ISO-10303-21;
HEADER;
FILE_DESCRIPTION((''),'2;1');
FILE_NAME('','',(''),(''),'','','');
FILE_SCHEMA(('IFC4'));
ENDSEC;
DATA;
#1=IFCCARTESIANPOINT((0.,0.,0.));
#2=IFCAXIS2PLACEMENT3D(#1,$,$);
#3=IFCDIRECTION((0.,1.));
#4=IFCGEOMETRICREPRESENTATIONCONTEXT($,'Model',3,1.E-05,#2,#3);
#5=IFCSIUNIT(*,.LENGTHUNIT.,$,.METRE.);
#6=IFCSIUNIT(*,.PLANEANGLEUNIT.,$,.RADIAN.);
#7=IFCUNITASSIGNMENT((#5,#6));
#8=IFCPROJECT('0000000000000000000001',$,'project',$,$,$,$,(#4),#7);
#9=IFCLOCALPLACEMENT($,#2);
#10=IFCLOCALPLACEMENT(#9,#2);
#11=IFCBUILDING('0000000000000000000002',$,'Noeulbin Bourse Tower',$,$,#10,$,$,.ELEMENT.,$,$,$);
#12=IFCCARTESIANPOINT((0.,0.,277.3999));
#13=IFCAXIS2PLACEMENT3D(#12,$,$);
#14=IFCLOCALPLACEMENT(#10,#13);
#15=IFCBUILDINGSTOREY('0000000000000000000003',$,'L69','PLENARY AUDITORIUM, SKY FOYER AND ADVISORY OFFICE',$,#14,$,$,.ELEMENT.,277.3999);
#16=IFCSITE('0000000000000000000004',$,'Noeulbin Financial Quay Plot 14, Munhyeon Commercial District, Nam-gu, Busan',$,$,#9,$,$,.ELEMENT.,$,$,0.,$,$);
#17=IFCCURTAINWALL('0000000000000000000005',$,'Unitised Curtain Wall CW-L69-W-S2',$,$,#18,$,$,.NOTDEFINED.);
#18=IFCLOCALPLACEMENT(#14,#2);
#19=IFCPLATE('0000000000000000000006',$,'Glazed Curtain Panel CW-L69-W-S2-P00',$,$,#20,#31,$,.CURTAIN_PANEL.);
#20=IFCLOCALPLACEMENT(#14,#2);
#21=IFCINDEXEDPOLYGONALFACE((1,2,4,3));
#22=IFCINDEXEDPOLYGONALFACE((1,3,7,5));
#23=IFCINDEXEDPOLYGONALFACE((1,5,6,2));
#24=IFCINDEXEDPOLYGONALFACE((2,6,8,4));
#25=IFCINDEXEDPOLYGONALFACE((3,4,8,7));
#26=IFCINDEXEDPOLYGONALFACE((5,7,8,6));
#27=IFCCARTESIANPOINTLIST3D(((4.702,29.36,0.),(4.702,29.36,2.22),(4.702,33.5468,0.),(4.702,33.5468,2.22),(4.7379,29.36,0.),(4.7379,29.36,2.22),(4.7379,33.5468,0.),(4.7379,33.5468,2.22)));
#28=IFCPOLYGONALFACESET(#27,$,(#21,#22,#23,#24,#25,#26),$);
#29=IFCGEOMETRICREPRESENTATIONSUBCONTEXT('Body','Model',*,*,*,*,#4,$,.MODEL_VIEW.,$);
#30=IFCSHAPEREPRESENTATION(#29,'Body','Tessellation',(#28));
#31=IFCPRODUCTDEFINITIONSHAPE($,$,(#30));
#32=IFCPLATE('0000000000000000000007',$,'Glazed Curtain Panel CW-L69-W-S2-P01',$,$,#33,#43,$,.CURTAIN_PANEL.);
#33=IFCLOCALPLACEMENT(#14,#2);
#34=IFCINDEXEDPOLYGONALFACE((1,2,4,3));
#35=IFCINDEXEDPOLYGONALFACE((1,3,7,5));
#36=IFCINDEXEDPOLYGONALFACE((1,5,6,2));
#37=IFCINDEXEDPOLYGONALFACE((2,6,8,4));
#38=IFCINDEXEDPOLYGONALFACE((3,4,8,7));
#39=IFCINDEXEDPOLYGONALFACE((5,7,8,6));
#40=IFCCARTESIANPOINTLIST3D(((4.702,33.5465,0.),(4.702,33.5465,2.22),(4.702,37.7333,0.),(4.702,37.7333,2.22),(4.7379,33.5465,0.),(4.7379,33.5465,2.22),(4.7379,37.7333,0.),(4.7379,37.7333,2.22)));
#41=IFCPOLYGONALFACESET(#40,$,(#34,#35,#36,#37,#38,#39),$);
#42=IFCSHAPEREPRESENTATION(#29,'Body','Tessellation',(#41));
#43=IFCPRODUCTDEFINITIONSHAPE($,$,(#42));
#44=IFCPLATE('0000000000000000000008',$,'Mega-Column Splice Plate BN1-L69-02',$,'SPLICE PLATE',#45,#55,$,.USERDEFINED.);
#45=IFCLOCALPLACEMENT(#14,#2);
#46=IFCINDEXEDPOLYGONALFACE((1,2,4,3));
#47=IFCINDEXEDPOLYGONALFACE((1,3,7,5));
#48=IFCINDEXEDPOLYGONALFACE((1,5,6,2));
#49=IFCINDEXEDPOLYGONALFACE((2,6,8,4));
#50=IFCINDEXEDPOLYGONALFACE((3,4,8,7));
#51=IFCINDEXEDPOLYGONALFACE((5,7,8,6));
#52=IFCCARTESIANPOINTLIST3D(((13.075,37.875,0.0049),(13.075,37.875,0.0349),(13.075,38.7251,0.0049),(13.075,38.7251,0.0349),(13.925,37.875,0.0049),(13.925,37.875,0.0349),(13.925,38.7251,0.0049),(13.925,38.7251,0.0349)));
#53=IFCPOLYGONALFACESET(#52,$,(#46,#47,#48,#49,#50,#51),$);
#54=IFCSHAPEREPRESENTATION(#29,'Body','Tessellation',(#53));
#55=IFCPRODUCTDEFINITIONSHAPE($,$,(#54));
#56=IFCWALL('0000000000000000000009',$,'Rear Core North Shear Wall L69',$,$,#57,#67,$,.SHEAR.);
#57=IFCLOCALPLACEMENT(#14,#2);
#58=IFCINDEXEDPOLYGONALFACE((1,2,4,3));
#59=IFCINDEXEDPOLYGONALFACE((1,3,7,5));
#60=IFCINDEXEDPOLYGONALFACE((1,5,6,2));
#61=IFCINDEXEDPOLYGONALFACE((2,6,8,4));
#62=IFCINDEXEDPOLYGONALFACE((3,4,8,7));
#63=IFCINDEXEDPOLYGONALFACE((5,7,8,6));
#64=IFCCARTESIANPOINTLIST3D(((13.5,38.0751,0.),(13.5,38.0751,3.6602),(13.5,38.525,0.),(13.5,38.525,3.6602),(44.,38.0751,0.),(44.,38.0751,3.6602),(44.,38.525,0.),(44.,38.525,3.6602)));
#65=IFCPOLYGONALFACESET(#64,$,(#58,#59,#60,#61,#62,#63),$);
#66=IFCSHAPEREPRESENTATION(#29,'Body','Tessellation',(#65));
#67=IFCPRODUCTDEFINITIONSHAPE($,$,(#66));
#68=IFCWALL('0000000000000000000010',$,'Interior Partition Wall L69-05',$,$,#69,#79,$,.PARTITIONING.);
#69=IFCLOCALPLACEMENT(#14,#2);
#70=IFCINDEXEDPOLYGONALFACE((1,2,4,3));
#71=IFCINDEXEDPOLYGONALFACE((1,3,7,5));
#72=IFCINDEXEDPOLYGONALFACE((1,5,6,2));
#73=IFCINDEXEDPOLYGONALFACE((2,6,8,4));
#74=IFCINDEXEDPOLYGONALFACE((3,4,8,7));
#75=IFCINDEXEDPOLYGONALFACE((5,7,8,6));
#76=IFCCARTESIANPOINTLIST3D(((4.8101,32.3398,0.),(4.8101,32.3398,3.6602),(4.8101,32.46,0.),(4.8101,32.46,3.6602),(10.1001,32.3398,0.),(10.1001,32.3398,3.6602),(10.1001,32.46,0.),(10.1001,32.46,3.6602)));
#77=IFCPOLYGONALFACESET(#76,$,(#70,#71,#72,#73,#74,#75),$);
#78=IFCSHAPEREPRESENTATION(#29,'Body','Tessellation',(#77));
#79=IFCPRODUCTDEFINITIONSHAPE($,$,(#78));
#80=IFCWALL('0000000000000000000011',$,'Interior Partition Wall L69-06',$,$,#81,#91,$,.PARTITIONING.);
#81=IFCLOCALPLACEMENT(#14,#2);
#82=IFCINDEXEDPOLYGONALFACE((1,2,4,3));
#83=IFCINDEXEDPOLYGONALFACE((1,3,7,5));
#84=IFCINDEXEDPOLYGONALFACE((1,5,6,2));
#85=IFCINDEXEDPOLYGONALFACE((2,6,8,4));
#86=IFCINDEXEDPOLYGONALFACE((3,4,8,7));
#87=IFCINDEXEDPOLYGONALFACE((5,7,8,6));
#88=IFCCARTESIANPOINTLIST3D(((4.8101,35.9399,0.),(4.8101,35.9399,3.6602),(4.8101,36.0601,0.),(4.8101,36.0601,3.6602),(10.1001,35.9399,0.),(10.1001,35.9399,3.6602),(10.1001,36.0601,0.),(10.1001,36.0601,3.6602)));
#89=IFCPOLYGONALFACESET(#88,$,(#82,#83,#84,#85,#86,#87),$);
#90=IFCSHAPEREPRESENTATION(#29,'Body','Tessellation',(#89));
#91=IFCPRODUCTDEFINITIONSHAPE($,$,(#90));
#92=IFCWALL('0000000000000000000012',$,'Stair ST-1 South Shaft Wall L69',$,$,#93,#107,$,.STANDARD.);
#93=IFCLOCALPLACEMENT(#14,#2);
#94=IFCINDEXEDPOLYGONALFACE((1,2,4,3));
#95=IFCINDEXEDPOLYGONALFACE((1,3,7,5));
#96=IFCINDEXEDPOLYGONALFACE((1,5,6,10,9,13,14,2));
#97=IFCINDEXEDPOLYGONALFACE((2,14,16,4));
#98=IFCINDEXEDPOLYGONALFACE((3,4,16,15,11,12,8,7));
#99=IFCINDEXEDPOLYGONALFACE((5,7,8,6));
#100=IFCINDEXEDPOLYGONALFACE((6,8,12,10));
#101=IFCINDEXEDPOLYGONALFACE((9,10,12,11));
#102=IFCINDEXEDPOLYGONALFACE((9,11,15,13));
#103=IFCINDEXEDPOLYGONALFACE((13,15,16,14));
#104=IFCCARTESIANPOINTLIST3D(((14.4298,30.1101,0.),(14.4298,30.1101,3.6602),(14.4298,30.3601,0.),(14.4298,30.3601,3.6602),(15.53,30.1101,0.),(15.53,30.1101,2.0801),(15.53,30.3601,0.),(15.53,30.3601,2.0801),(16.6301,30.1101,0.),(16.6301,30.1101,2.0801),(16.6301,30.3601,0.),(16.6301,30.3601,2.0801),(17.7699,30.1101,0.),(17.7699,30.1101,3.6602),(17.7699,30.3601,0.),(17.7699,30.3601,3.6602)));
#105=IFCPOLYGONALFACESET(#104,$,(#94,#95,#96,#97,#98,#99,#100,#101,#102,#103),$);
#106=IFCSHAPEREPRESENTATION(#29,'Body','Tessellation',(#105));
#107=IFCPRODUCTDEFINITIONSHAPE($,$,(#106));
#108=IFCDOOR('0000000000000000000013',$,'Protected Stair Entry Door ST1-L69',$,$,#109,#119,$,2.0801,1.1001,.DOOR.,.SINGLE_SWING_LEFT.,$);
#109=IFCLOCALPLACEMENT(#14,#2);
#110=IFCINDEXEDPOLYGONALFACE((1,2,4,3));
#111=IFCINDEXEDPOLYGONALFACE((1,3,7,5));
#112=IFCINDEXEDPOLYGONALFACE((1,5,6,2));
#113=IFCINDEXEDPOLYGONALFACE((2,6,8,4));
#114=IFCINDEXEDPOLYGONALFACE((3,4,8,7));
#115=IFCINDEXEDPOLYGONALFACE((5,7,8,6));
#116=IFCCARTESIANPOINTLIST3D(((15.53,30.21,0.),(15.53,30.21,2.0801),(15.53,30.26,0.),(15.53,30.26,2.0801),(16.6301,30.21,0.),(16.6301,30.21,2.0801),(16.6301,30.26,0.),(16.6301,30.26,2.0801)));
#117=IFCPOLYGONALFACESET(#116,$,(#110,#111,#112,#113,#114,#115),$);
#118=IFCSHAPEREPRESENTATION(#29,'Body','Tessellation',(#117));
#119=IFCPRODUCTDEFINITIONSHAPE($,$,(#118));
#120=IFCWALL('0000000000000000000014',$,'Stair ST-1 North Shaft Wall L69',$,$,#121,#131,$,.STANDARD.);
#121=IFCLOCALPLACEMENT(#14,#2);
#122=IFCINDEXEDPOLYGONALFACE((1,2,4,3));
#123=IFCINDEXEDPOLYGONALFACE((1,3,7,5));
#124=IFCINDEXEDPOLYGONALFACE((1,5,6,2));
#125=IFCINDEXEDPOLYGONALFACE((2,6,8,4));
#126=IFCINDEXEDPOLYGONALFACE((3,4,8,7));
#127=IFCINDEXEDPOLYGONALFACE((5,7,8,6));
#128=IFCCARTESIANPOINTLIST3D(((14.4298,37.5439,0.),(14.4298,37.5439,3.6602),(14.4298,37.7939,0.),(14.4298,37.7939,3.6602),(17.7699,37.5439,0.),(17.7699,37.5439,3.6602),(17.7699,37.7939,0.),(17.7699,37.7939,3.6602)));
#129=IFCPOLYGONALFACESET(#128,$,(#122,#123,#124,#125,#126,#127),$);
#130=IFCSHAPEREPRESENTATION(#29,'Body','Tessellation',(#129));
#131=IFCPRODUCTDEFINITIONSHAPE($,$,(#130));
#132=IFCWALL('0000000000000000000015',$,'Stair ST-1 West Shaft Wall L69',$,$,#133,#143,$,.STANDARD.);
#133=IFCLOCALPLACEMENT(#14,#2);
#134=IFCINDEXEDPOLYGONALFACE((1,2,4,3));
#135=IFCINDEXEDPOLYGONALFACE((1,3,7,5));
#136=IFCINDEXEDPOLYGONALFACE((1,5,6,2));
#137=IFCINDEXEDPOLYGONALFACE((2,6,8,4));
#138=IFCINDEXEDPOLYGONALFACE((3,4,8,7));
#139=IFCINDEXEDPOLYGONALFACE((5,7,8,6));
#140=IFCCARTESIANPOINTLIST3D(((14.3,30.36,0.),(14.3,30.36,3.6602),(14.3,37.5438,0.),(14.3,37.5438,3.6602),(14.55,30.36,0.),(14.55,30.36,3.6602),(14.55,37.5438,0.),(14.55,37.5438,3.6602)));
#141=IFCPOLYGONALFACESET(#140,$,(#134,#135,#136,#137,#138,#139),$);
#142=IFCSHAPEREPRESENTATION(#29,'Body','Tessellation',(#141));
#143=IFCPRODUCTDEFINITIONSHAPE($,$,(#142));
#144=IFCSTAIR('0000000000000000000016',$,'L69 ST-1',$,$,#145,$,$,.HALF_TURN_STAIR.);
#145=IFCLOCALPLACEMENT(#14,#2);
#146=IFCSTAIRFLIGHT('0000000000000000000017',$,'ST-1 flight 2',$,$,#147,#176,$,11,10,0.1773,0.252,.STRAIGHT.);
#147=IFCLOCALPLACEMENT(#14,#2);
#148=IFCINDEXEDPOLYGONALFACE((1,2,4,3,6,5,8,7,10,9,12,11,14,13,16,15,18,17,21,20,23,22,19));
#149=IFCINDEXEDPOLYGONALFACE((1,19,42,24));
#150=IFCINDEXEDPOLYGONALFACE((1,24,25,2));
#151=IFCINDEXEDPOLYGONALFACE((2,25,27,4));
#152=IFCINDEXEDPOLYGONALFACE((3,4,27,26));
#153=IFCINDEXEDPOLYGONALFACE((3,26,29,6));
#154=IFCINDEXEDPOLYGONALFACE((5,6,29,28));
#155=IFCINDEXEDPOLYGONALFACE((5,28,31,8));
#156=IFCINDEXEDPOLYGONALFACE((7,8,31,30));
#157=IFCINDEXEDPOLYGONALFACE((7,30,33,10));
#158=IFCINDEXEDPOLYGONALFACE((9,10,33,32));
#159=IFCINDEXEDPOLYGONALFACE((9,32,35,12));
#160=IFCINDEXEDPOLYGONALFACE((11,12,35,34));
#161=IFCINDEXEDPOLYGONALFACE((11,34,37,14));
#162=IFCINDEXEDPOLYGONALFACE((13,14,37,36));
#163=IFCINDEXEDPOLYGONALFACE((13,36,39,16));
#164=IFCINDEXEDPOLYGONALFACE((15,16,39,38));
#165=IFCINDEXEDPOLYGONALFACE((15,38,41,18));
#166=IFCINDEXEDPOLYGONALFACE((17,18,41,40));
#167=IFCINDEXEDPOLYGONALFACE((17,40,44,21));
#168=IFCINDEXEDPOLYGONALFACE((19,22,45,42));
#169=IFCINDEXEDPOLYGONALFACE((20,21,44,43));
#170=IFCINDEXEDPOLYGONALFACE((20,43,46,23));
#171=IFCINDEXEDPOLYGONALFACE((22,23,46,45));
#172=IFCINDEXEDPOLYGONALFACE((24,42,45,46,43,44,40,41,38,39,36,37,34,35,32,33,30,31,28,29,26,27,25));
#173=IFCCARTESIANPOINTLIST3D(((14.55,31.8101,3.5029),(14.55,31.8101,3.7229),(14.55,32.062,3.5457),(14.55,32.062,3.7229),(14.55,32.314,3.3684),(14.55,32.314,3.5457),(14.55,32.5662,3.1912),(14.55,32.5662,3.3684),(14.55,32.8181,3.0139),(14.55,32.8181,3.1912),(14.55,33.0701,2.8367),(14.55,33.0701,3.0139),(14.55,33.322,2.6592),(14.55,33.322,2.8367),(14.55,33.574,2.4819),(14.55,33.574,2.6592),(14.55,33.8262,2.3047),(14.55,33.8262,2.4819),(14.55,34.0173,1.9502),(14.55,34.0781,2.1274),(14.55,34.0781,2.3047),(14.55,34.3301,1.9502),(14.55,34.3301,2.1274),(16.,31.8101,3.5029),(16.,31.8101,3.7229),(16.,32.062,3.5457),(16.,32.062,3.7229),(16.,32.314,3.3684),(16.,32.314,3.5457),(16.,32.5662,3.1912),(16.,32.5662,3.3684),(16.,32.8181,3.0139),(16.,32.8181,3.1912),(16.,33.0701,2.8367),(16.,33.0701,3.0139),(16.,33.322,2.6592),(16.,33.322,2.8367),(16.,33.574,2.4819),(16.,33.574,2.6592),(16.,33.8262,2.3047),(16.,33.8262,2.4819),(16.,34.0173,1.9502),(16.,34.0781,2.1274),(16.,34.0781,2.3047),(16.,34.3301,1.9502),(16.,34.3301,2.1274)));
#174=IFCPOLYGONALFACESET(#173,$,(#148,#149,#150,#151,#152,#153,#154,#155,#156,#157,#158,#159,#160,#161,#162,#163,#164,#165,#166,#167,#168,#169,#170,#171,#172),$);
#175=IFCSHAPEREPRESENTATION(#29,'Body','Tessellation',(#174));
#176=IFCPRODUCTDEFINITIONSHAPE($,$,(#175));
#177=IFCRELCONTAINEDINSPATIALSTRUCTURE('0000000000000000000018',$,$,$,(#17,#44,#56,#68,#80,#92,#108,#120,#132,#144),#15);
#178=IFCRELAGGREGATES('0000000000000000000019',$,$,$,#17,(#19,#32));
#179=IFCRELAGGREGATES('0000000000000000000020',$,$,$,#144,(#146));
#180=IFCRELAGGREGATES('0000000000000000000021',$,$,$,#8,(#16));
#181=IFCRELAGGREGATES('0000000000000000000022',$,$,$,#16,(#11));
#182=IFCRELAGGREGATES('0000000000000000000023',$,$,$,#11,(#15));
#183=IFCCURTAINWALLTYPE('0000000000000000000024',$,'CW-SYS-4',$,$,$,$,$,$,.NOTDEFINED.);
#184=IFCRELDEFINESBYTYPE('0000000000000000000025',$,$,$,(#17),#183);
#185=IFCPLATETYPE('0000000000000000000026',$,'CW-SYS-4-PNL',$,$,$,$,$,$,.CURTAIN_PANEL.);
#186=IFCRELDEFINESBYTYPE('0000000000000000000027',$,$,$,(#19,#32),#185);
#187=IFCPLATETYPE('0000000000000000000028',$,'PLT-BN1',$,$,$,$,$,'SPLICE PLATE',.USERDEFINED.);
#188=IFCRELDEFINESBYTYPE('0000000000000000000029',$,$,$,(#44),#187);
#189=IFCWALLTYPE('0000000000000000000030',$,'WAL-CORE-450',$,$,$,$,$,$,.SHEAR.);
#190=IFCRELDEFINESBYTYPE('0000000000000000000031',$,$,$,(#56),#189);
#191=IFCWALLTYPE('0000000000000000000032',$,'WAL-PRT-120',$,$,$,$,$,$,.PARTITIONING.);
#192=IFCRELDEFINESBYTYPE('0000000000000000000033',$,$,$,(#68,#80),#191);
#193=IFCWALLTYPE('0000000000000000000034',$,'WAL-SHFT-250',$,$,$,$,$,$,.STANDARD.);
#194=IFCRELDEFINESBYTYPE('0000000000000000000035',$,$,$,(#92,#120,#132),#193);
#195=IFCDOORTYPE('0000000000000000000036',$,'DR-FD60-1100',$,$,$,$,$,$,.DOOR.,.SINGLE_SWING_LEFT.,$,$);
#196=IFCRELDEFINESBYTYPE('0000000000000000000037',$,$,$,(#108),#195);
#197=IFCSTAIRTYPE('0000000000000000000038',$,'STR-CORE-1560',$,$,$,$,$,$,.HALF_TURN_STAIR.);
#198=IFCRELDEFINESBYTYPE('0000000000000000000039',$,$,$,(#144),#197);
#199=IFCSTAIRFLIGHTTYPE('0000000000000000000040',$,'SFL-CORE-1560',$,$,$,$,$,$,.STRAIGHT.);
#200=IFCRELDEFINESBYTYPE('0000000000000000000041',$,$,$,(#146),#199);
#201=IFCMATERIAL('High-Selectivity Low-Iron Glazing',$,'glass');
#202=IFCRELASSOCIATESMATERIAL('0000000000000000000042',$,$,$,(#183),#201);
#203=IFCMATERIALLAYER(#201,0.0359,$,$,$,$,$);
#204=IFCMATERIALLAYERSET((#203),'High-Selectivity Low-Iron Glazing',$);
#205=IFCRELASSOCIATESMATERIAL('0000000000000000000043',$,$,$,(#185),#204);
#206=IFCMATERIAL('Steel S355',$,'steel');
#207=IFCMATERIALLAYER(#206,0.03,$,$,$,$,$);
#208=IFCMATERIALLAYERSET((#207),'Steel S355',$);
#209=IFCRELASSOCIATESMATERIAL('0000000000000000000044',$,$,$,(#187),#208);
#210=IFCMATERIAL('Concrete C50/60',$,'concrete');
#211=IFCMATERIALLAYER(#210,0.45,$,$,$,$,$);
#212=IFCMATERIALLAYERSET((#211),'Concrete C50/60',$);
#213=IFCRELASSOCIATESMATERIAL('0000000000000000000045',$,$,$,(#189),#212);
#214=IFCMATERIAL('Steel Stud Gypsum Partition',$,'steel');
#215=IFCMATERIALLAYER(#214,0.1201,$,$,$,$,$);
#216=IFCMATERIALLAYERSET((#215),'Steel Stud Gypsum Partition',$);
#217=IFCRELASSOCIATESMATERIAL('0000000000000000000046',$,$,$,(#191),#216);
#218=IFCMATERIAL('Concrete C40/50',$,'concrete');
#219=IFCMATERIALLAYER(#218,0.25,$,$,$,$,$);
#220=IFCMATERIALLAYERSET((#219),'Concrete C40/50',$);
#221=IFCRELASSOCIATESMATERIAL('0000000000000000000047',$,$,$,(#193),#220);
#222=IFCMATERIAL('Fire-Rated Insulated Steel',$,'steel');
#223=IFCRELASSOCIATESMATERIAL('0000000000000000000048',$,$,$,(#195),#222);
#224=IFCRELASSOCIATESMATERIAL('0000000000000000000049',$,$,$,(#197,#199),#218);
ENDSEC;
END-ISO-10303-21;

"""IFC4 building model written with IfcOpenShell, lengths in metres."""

from ifc_helpers import new_model, si_unit, direction, frame, frame_2d, origin, origin_2d, place, context, subcontext, project, spatial, polyline, rectangle, outline, extrude, material, layer, layer_set, type_object, element, fill, aggregate, save


model = new_model("IFC4")

# Units and contexts
model_context = context("Model", 3, precision=1e-05, world=origin(), true_north=direction((0.0, 1.0)))
body_context = subcontext(model_context, "Body", "Model", "MODEL_VIEW")
ifc_project = project(units=[si_unit("LENGTHUNIT", "METRE"), si_unit("PLANEANGLEUNIT", "RADIAN")], contexts=[model_context])

# Site, building, storey
site_placement = place(None, origin())
site = spatial("IfcSite", under=ifc_project, at=site_placement, Name="Noeulbin Financial Quay Plot 14, Munhyeon Commercial District, Nam-gu, Busan", CompositionType="ELEMENT", RefElevation=0.0)
building_placement = place(site_placement, origin())
building = spatial("IfcBuilding", under=site, at=building_placement, Name="Noeulbin Bourse Tower", CompositionType="ELEMENT")
storey_placement = place(building_placement, frame((0.0, 0.0, 277.3999)))
storey = spatial("IfcBuildingStorey", under=building, at=storey_placement, Name="L69", Description="PLENARY AUDITORIUM, SKY FOYER AND ADVISORY OFFICE", CompositionType="ELEMENT", Elevation=277.3999)

# Shared definitions
ifc_material_1 = material(Name="Steel S355", Category="steel")

# Curtain wall, plates
ifc_material_2 = material(Name="High-Selectivity Low-Iron Glazing", Category="glass")
curtain_wall_type = type_object("IfcCurtainWallType", Name="CW-SYS-4", PredefinedType="NOTDEFINED", material=ifc_material_2)
curtain_wall_placement = place(storey_placement, origin())
curtain_wall = element("IfcCurtainWall", 1, at=curtain_wall_placement, inside=storey, type_object=curtain_wall_type, Name="Unitised Curtain Wall CW-L69-W-S2", PredefinedType="NOTDEFINED")
ifc_layer_1 = layer(ifc_material_2, 0.0359)
ifc_layer_set_1 = layer_set([ifc_layer_1], Name="High-Selectivity Low-Iron Glazing")
plate_type_1 = type_object("IfcPlateType", Name="CW-SYS-4-PNL", PredefinedType="CURTAIN_PANEL", material=ifc_layer_set_1)
plate_1_placement = place(storey_placement, frame((4.72, 31.4534, 0.0), z_axis=(0.0, 0.0, 1.0), x_axis=(0.0, 1.0, 0.0)))
plate_1 = element("IfcPlate", 2, at=plate_1_placement, type_object=plate_type_1, Name="Glazed Curtain Panel CW-L69-W-S2-P00", PredefinedType="CURTAIN_PANEL", context=body_context, shape_type="SweptSolid", body=[
    extrude(rectangle(XDim=4.1868, YDim=0.0359, at=origin_2d()), origin(), (0.0, 0.0, 1.0), 2.22),
])
plate_2_placement = place(storey_placement, frame((4.72, 35.6399, 0.0), z_axis=(0.0, 0.0, 1.0), x_axis=(0.0, 1.0, 0.0)))
plate_2 = element("IfcPlate", 3, at=plate_2_placement, type_object=plate_type_1, Name="Glazed Curtain Panel CW-L69-W-S2-P01", PredefinedType="CURTAIN_PANEL", context=body_context, shape_type="SweptSolid", body=[
    extrude(rectangle(XDim=4.1868, YDim=0.0359, at=origin_2d()), origin(), (0.0, 0.0, 1.0), 2.22),
])
aggregate(curtain_wall, [plate_1, plate_2])

# Plate
ifc_layer_2 = layer(ifc_material_1, 0.03)
ifc_layer_set_2 = layer_set([ifc_layer_2], Name="Steel S355")
plate_type_2 = type_object("IfcPlateType", Name="PLT-BN1", ElementType="SPLICE PLATE", PredefinedType="USERDEFINED", material=ifc_layer_set_2)
plate_3_placement = place(storey_placement, frame((13.5, 38.3, 0.0049), z_axis=(0.0, 0.0, 1.0), x_axis=(1.0, 0.0, 0.0)))
element("IfcPlate", 4, at=plate_3_placement, inside=storey, type_object=plate_type_2, Name="Mega-Column Splice Plate BN1-L69-02", ObjectType="SPLICE PLATE", PredefinedType="USERDEFINED", context=body_context, shape_type="SweptSolid", body=[
    extrude(rectangle(XDim=0.8501, YDim=0.8501, at=origin_2d()), origin(), (0.0, 0.0, 1.0), 0.03),
])

# Walls
ifc_material_3 = material(Name="Concrete C50/60", Category="concrete")
ifc_layer_3 = layer(ifc_material_3, 0.45)
ifc_layer_set_3 = layer_set([ifc_layer_3], Name="Concrete C50/60")
wall_type_1 = type_object("IfcWallType", Name="WAL-CORE-450", PredefinedType="SHEAR", material=ifc_layer_set_3)
wall_1_placement = place(storey_placement, frame((13.5, 38.3, 0.0), z_axis=(0.0, 0.0, 1.0), x_axis=(1.0, 0.0, 0.0)))
element("IfcWall", 5, at=wall_1_placement, inside=storey, type_object=wall_type_1, Name="Rear Core North Shear Wall L69", PredefinedType="SHEAR", context=body_context, shape_type="SweptSolid", body=[
    extrude(rectangle(XDim=30.5, YDim=0.45, at=frame_2d((15.25, 0.0))), origin(), (0.0, 0.0, 1.0), 3.6602),
])
ifc_material_4 = material(Name="Steel Stud Gypsum Partition", Category="steel")
ifc_layer_4 = layer(ifc_material_4, 0.1201)
ifc_layer_set_4 = layer_set([ifc_layer_4], Name="Steel Stud Gypsum Partition")
wall_type_2 = type_object("IfcWallType", Name="WAL-PRT-120", PredefinedType="PARTITIONING", material=ifc_layer_set_4)
for number, where, z_axis, x_axis, name in (
    (6, (4.8101, 32.3999, 0.0), (0.0, 0.0, 1.0), (1.0, 0.0, 0.0), "Interior Partition Wall L69-05"),
    (7, (4.8101, 36.0, 0.0), (0.0, 0.0, 1.0), (1.0, 0.0, 0.0), "Interior Partition Wall L69-06"),
):
    element("IfcWall", number, at=place(storey_placement, frame(where, z_axis=z_axis, x_axis=x_axis)), inside=storey, type_object=wall_type_2, Name=name, PredefinedType="PARTITIONING", context=body_context, shape_type="SweptSolid", body=[
        extrude(rectangle(XDim=5.29, YDim=0.1201, at=frame_2d((2.645, 0.0))), origin(), (0.0, 0.0, 1.0), 3.6602),
    ])

# Wall, opening, door
ifc_material_5 = material(Name="Concrete C40/50", Category="concrete")
ifc_layer_5 = layer(ifc_material_5, 0.25)
ifc_layer_set_5 = layer_set([ifc_layer_5], Name="Concrete C40/50")
wall_type_3 = type_object("IfcWallType", Name="WAL-SHFT-250", PredefinedType="STANDARD", material=ifc_layer_set_5)
wall_2_placement = place(storey_placement, frame((14.4299, 30.2351, 0.0), z_axis=(0.0, 0.0, 1.0), x_axis=(1.0, 0.0, 0.0)))
wall_2 = element("IfcWall", 8, at=wall_2_placement, inside=storey, type_object=wall_type_3, Name="Stair ST-1 South Shaft Wall L69", PredefinedType="STANDARD", context=body_context, shape_type="SweptSolid", body=[
    extrude(rectangle(XDim=3.3401, YDim=0.25, at=frame_2d((1.6699, 0.0))), origin(), (0.0, 0.0, 1.0), 3.6602),
])
opening_placement = place(wall_2_placement, frame((1.1001, 0.0, 0.0)))
opening = element("IfcOpeningElement", 9, at=opening_placement, cuts=wall_2, PredefinedType="OPENING", context=body_context, shape_type="SweptSolid", body=[
    extrude(rectangle(XDim=1.1001, YDim=2.0801, at=frame_2d((0.55, 1.04))), frame((0.0, 0.135, 0.0), z_axis=(0.0, -1.0, 0.0), x_axis=(1.0, 0.0, 0.0)), (0.0, 0.0, 1.0), 0.27),
])
ifc_material_6 = material(Name="Fire-Rated Insulated Steel", Category="steel")
door_type = type_object("IfcDoorType", Name="DR-FD60-1100", OperationType="SINGLE_SWING_LEFT", PredefinedType="DOOR", material=ifc_material_6)
door_placement = place(opening_placement, origin())
door = element("IfcDoor", 10, at=door_placement, inside=storey, type_object=door_type, Name="Protected Stair Entry Door ST1-L69", OperationType="SINGLE_SWING_LEFT", OverallHeight=2.0801, OverallWidth=1.1001, PredefinedType="DOOR", context=body_context, shape_type="SweptSolid", body=[
    extrude(rectangle(XDim=1.1001, YDim=2.0801, at=frame_2d((0.55, 1.04))), frame((0.0, 0.0249, 0.0), z_axis=(0.0, -1.0, 0.0), x_axis=(1.0, 0.0, 0.0)), (0.0, 0.0, 1.0), 0.05),
])
fill(opening, door)

# Walls
wall_3_placement = place(storey_placement, frame((14.4299, 37.6689, 0.0), z_axis=(0.0, 0.0, 1.0), x_axis=(1.0, 0.0, 0.0)))
element("IfcWall", 11, at=wall_3_placement, inside=storey, type_object=wall_type_3, Name="Stair ST-1 North Shaft Wall L69", PredefinedType="STANDARD", context=body_context, shape_type="SweptSolid", body=[
    extrude(rectangle(XDim=3.3401, YDim=0.25, at=frame_2d((1.6699, 0.0))), origin(), (0.0, 0.0, 1.0), 3.6602),
])
wall_4_placement = place(storey_placement, frame((14.425, 30.3601, 0.0), z_axis=(0.0, 0.0, 1.0), x_axis=(0.0, 1.0, 0.0)))
element("IfcWall", 12, at=wall_4_placement, inside=storey, type_object=wall_type_3, Name="Stair ST-1 West Shaft Wall L69", PredefinedType="STANDARD", context=body_context, shape_type="SweptSolid", body=[
    extrude(rectangle(XDim=7.1838, YDim=0.25, at=frame_2d((3.5918, 0.0))), origin(), (0.0, 0.0, 1.0), 3.6602),
])

# Stair, stair flight
stair_type = type_object("IfcStairType", Name="STR-CORE-1560", PredefinedType="HALF_TURN_STAIR", material=ifc_material_5)
stair_placement = place(storey_placement, origin())
stair = element("IfcStair", 13, at=stair_placement, inside=storey, type_object=stair_type, Name="L69 ST-1", PredefinedType="HALF_TURN_STAIR")
stair_flight_type = type_object("IfcStairFlightType", Name="SFL-CORE-1560", PredefinedType="STRAIGHT", material=ifc_material_5)
stair_flight_placement = place(storey_placement, frame((15.2749, 34.3301, 1.9502), z_axis=(0.0, 0.0, 1.0), x_axis=(0.0, -1.0, 0.0)))
stair_flight = element("IfcStairFlight", 14, at=stair_flight_placement, type_object=stair_flight_type, Name="ST-1 flight 2", NumberOfRisers=11, NumberOfTreads=10, PredefinedType="STRAIGHT", RiserHeight=0.1773, TreadLength=0.252, context=body_context, shape_type="SweptSolid", body=[
    extrude(outline(polyline([(0.0, 0.0), (0.0, 0.1772), (0.252, 0.1772), (0.252, 0.3545), (0.5039, 0.3545), (0.5039, 0.5317), (0.7561, 0.5317), (0.7561, 0.709), (1.0081, 0.709), (1.0081, 0.8865), (1.26, 0.8865), (1.26, 1.0637), (1.512, 1.0637), (1.512, 1.241), (1.7639, 1.241), (1.7639, 1.4182), (2.0161, 1.4182), (2.0161, 1.5955), (2.2681, 1.5955), (2.2681, 1.7727), (2.52, 1.7727), (2.52, 1.95), (2.52, 1.5527), (0.3127, 0.0), (0.0, 0.0)])), frame((0.0, 0.7251, 0.0), z_axis=(0.0, -1.0, 0.0), x_axis=(1.0, 0.0, 0.0)), (0.0, 0.0, 1.0), 1.45),
])
aggregate(stair, [stair_flight])

save(model, "model.ifc")
